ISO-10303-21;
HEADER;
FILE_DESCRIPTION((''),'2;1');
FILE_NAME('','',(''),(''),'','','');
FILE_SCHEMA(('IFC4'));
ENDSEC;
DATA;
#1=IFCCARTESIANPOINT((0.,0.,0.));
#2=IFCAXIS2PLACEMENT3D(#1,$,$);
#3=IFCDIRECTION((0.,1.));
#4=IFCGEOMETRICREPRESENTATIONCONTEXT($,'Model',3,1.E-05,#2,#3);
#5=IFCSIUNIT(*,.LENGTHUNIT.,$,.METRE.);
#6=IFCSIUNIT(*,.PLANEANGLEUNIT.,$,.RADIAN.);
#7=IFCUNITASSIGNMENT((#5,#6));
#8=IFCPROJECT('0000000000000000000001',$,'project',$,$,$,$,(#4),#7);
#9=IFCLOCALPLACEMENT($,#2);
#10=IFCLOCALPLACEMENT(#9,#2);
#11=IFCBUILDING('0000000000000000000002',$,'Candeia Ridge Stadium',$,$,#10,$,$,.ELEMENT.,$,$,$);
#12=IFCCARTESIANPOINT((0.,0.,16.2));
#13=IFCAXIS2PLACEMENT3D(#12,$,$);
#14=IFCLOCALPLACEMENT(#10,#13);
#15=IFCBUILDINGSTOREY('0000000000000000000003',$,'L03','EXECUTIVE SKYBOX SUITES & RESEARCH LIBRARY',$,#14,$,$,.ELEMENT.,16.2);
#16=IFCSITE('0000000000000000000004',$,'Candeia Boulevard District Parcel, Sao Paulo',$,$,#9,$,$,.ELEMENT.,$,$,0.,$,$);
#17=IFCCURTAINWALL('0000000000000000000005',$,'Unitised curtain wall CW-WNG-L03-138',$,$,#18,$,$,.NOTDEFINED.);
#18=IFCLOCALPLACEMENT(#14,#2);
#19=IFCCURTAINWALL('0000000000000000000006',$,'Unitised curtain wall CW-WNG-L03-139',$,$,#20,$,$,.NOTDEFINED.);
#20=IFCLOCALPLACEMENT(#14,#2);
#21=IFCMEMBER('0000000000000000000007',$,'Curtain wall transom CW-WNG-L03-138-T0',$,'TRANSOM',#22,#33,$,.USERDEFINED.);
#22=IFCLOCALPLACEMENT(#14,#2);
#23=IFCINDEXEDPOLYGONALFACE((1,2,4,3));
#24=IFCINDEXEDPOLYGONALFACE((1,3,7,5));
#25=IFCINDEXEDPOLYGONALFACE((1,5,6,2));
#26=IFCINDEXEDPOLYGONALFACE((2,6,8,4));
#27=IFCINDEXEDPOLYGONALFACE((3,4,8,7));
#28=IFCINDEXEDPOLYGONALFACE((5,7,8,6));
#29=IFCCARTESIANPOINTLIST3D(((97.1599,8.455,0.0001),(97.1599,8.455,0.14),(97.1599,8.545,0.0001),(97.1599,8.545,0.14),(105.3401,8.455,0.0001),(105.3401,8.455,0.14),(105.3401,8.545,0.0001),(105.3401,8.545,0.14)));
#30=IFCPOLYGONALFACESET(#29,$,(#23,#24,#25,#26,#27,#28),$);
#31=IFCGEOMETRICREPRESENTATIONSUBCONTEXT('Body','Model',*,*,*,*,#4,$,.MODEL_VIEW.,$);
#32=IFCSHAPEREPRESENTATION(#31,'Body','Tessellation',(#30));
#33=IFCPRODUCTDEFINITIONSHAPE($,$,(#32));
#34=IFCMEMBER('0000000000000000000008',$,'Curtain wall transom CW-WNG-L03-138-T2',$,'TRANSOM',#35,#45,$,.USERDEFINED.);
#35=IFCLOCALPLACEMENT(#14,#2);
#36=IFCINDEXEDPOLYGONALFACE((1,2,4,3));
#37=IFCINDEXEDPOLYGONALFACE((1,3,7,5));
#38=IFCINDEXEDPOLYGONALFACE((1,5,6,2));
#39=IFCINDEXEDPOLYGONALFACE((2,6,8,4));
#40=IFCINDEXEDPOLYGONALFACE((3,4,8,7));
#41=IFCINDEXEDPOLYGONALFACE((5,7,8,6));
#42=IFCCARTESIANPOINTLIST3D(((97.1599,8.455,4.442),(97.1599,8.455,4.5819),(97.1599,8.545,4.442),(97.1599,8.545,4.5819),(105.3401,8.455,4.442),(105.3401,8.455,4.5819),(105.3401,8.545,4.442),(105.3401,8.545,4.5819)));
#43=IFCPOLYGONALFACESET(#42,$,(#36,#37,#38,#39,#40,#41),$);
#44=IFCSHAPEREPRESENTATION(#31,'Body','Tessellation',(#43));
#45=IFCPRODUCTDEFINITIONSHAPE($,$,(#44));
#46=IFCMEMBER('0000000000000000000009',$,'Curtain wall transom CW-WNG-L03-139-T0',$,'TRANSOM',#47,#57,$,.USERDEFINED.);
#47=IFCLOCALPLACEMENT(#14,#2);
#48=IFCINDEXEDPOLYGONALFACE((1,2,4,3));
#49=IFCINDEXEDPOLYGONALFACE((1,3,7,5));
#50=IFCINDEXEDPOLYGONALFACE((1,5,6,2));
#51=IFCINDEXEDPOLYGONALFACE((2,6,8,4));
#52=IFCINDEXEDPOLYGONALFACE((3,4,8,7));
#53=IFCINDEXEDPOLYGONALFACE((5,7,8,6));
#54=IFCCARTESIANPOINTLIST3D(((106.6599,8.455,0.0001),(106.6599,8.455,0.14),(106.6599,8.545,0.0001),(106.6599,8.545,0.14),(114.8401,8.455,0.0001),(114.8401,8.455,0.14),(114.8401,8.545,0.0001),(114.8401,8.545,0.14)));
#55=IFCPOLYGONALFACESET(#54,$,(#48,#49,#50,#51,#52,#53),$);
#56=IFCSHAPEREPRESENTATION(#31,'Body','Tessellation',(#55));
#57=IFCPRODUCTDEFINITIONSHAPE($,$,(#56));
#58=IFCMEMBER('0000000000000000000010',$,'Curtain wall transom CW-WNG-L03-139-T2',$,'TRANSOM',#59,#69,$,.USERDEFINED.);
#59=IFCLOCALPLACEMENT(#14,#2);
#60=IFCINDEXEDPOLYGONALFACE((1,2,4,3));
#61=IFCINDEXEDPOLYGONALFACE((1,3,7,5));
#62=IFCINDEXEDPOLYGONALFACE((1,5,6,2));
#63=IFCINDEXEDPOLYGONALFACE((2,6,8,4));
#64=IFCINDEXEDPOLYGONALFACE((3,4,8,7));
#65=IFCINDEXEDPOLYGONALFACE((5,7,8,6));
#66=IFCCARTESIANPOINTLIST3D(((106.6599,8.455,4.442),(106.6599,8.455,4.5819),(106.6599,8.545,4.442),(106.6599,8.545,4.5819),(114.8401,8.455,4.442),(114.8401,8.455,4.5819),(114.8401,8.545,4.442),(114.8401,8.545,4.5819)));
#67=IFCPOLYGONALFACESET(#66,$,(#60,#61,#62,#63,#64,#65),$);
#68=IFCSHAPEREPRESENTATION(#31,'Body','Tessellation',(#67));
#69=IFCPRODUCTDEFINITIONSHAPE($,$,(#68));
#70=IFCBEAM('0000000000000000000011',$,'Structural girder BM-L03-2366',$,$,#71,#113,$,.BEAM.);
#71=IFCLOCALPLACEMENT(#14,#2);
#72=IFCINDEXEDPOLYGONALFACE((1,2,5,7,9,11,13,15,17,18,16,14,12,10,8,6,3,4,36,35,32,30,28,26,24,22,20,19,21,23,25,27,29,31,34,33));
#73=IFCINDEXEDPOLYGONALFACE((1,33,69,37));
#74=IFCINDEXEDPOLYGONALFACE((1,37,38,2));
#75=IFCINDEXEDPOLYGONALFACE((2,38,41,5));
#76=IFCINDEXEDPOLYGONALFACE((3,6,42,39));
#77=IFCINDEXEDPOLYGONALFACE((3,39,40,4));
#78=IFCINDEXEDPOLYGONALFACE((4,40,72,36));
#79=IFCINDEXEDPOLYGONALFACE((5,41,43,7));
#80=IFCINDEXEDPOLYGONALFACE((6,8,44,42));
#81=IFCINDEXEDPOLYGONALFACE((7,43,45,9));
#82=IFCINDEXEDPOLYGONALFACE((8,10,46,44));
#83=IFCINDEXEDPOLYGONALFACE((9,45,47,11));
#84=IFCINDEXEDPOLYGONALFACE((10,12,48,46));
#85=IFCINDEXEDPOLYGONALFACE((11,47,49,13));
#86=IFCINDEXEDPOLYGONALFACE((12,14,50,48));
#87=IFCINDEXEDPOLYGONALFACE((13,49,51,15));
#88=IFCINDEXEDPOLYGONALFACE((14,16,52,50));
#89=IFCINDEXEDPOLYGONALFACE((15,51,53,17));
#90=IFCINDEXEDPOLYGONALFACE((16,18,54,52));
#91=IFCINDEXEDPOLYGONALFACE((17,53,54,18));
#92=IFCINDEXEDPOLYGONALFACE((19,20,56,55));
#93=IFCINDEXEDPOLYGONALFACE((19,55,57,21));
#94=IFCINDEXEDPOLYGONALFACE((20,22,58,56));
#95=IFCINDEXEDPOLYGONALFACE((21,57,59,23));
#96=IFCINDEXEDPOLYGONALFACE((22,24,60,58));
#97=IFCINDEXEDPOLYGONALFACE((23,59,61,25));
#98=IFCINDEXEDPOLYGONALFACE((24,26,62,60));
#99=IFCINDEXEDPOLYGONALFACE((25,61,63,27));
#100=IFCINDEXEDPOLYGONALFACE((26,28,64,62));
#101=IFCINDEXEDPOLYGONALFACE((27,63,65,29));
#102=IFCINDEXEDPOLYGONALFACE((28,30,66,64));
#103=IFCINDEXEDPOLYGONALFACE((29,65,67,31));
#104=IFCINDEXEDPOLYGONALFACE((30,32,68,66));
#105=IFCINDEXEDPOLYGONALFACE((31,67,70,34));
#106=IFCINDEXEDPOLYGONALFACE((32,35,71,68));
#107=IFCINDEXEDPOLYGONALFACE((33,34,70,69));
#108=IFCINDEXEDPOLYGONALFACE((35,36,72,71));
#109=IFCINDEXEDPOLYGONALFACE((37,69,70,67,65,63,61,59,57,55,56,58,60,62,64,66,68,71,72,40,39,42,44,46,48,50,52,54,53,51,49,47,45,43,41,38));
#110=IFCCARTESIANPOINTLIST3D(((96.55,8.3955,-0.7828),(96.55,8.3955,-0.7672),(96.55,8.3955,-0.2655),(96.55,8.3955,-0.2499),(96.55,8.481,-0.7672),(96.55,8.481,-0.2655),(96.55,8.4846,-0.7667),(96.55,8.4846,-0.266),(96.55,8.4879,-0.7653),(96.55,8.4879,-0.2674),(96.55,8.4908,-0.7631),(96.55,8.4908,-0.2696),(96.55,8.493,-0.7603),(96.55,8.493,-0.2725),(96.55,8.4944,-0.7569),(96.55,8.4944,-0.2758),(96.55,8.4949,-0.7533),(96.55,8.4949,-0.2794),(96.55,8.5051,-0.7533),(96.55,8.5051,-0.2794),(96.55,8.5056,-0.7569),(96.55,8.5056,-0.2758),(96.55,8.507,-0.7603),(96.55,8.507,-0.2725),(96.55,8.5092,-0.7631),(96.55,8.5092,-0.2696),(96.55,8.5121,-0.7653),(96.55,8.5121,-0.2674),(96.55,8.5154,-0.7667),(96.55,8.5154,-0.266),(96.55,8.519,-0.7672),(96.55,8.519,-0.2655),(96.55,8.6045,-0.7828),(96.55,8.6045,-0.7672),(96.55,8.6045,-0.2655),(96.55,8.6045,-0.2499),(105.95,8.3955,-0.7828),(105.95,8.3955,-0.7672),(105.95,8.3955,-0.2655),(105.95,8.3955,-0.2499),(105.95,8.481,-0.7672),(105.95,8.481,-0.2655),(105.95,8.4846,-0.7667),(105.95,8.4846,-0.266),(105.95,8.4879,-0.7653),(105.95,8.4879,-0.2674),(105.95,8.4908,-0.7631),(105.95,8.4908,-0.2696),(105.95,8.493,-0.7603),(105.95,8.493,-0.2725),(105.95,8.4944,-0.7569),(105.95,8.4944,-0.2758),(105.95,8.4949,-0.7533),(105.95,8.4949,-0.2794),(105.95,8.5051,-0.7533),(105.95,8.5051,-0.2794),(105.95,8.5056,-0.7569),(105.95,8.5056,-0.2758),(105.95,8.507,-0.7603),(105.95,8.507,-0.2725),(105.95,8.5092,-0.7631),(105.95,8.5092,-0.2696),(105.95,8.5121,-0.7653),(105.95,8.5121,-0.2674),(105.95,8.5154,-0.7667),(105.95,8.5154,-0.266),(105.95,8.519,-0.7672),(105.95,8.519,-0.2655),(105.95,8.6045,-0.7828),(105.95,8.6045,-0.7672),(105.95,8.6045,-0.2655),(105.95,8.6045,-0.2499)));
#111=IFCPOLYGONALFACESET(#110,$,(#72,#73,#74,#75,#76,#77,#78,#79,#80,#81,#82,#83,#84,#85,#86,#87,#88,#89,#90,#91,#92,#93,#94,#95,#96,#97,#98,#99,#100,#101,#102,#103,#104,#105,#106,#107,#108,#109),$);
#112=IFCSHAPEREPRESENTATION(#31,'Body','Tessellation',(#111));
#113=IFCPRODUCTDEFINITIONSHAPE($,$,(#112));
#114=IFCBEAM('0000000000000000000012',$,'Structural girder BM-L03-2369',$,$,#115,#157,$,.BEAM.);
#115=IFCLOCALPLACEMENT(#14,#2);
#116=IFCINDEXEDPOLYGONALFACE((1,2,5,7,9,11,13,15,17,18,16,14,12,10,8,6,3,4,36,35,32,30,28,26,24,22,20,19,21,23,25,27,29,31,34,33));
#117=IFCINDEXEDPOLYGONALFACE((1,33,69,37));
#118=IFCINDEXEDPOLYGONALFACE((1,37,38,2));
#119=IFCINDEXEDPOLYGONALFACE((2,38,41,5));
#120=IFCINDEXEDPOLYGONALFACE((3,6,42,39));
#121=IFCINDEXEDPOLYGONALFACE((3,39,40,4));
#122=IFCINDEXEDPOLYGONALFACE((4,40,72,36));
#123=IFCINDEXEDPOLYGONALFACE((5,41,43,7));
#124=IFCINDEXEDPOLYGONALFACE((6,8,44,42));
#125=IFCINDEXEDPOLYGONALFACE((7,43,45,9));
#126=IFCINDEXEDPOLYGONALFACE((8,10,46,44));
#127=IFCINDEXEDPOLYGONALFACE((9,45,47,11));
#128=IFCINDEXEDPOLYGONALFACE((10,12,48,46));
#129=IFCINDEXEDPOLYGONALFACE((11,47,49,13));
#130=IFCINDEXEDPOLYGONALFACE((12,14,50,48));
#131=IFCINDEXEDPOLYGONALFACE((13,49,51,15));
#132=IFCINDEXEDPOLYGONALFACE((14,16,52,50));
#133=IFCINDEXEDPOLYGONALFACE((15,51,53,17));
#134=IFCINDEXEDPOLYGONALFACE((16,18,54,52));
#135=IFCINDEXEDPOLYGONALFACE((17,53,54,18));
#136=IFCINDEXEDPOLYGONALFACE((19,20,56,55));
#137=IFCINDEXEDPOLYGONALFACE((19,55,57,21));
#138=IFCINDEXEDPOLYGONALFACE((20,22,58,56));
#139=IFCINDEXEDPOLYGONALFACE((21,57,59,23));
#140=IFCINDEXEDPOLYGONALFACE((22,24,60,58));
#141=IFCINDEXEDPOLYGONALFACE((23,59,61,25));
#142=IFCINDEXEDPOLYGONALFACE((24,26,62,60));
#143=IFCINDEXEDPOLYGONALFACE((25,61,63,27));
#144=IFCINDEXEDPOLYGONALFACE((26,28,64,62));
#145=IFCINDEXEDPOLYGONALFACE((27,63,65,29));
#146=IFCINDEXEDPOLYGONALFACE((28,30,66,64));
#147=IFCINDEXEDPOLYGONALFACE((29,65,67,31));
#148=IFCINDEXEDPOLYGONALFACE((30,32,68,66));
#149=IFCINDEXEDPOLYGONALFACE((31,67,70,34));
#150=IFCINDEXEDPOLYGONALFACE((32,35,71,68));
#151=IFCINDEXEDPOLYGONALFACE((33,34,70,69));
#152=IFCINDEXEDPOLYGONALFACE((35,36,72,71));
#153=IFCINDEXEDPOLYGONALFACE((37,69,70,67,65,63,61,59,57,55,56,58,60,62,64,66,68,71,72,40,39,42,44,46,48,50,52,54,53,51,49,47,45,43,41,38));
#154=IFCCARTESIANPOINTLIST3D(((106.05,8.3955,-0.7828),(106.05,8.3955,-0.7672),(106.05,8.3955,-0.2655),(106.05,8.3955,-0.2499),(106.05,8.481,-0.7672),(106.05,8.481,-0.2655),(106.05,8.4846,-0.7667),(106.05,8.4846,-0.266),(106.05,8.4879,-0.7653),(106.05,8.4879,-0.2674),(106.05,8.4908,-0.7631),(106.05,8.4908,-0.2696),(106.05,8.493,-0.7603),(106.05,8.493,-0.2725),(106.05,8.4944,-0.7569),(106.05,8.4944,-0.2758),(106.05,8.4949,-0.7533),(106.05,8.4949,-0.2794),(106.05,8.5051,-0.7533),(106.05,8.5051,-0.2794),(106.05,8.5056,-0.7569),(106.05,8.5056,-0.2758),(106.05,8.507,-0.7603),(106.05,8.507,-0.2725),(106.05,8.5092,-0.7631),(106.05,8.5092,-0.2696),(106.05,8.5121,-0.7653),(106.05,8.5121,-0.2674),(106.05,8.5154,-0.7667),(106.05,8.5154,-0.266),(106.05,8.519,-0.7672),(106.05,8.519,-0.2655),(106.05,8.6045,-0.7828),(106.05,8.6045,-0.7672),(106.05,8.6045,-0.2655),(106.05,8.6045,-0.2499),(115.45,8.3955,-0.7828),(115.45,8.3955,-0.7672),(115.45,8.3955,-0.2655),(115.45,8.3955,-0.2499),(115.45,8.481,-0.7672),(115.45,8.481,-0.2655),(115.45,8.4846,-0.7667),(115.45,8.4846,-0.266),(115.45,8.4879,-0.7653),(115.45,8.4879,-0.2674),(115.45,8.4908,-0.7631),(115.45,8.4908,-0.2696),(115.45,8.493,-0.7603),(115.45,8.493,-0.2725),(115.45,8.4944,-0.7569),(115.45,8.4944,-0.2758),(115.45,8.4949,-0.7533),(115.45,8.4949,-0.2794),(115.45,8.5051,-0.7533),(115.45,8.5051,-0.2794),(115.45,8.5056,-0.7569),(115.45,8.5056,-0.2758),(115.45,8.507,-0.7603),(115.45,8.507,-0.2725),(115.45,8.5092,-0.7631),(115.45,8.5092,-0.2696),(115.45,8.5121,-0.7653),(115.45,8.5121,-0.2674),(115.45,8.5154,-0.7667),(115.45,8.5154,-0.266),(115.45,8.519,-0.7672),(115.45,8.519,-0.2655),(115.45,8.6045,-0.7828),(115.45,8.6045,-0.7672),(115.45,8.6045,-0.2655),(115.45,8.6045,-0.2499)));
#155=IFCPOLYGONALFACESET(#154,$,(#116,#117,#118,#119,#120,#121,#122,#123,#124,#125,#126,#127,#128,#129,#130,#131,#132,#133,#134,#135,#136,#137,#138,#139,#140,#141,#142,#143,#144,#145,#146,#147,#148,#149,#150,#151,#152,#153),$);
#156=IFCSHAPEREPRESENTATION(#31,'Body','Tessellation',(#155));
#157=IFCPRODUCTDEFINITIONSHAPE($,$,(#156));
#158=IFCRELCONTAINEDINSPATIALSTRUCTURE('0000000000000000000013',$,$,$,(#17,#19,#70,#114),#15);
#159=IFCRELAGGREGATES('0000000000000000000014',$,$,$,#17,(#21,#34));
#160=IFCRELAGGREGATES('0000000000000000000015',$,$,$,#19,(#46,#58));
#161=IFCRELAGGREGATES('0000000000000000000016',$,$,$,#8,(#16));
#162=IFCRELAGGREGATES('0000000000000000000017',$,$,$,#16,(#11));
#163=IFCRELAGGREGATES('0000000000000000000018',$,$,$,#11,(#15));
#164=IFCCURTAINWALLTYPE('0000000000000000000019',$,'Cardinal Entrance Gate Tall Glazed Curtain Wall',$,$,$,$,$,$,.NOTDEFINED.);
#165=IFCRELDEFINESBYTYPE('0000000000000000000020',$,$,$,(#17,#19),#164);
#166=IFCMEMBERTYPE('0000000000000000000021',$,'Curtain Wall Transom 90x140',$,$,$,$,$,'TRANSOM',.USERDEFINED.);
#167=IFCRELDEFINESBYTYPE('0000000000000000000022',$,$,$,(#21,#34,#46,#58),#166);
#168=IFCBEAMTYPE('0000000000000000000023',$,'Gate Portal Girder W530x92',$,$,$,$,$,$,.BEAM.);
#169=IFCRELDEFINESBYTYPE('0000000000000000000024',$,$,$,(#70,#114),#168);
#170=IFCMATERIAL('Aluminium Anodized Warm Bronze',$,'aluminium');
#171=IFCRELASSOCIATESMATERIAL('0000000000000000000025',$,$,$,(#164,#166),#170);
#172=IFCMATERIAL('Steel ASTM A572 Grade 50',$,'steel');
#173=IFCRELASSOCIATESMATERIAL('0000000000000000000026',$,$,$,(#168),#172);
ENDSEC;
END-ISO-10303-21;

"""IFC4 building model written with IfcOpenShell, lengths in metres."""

from ifc_helpers import new_model, si_unit, direction, frame, origin, origin_2d, place, context, subcontext, project, spatial, rectangle, i_section, extrude, material, material_profile, profile_set, type_object, element, aggregate, save


model = new_model("IFC4")

# Units and contexts
model_context = context("Model", 3, precision=1e-05, world=origin(), true_north=direction((0.0, 1.0)))
body_context = subcontext(model_context, "Body", "Model", "MODEL_VIEW")
ifc_project = project(units=[si_unit("LENGTHUNIT", "METRE"), si_unit("PLANEANGLEUNIT", "RADIAN")], contexts=[model_context])

# Site, building, storey
site_placement = place(None, origin())
site = spatial("IfcSite", under=ifc_project, at=site_placement, Name="Candeia Boulevard District Parcel, Sao Paulo", CompositionType="ELEMENT", RefElevation=0.0)
building_placement = place(site_placement, origin())
building = spatial("IfcBuilding", under=site, at=building_placement, Name="Candeia Ridge Stadium", CompositionType="ELEMENT")
storey_placement = place(building_placement, frame((0.0, 0.0, 16.2)))
storey = spatial("IfcBuildingStorey", under=building, at=storey_placement, Name="L03", Description="EXECUTIVE SKYBOX SUITES & RESEARCH LIBRARY", CompositionType="ELEMENT", Elevation=16.2)

# Shared definitions
ifc_material_1 = material(Name="Steel ASTM A572 Grade 50", Category="steel")

# Shared definitions
ifc_material_2 = material(Name="Aluminium Anodized Warm Bronze", Category="aluminium")
curtain_wall_type = type_object("IfcCurtainWallType", Name="Cardinal Entrance Gate Tall Glazed Curtain Wall", PredefinedType="NOTDEFINED", material=ifc_material_2)

# Curtain wall
curtain_wall_1_placement = place(storey_placement, origin())
curtain_wall_1 = element("IfcCurtainWall", 1, at=curtain_wall_1_placement, inside=storey, type_object=curtain_wall_type, Name="Unitised curtain wall CW-WNG-L03-138", PredefinedType="NOTDEFINED")

# Curtain wall
curtain_wall_2_placement = place(storey_placement, origin())
curtain_wall_2 = element("IfcCurtainWall", 2, at=curtain_wall_2_placement, inside=storey, type_object=curtain_wall_type, Name="Unitised curtain wall CW-WNG-L03-139", PredefinedType="NOTDEFINED")

# Members
ifc_material_profile_1 = material_profile(ifc_material_2, rectangle(XDim=0.0901, YDim=0.1399, at=origin_2d()), Name="CWT-90x140", Category="aluminium")
ifc_profile_set_1 = profile_set([ifc_material_profile_1], Name="Aluminium Anodized Warm Bronze")
member_type_1 = type_object("IfcMemberType", Name="Curtain Wall Transom 90x140", ElementType="TRANSOM", PredefinedType="USERDEFINED", material=ifc_profile_set_1)
member_1_placement = place(storey_placement, frame((97.1599, 8.5, 0.0701), z_axis=(1.0, 0.0, 0.0), x_axis=(0.0, 1.0, 0.0)))
member_1 = element("IfcMember", 3, at=member_1_placement, type_object=member_type_1, Name="Curtain wall transom CW-WNG-L03-138-T0", ObjectType="TRANSOM", PredefinedType="USERDEFINED", context=body_context, shape_type="SweptSolid", body=[
    extrude(rectangle(XDim=0.0901, YDim=0.1399, at=origin_2d()), origin(), (0.0, 0.0, 1.0), 8.1802),
])
member_2_placement = place(storey_placement, frame((97.1599, 8.5, 4.512), z_axis=(1.0, 0.0, 0.0), x_axis=(0.0, 1.0, 0.0)))
member_2 = element("IfcMember", 4, at=member_2_placement, type_object=member_type_1, Name="Curtain wall transom CW-WNG-L03-138-T2", ObjectType="TRANSOM", PredefinedType="USERDEFINED", context=body_context, shape_type="SweptSolid", body=[
    extrude(rectangle(XDim=0.0901, YDim=0.1399, at=origin_2d()), origin(), (0.0, 0.0, 1.0), 8.1802),
])
member_3_placement = place(storey_placement, frame((106.6599, 8.5, 0.0701), z_axis=(1.0, 0.0, 0.0), x_axis=(0.0, 1.0, 0.0)))
member_3 = element("IfcMember", 5, at=member_3_placement, type_object=member_type_1, Name="Curtain wall transom CW-WNG-L03-139-T0", ObjectType="TRANSOM", PredefinedType="USERDEFINED", context=body_context, shape_type="SweptSolid", body=[
    extrude(rectangle(XDim=0.0901, YDim=0.1399, at=origin_2d()), origin(), (0.0, 0.0, 1.0), 8.1802),
])
member_4_placement = place(storey_placement, frame((106.6599, 8.5, 4.512), z_axis=(1.0, 0.0, 0.0), x_axis=(0.0, 1.0, 0.0)))
member_4 = element("IfcMember", 6, at=member_4_placement, type_object=member_type_1, Name="Curtain wall transom CW-WNG-L03-139-T2", ObjectType="TRANSOM", PredefinedType="USERDEFINED", context=body_context, shape_type="SweptSolid", body=[
    extrude(rectangle(XDim=0.0901, YDim=0.1399, at=origin_2d()), origin(), (0.0, 0.0, 1.0), 8.1802),
])

# Beams
ifc_material_profile_2 = material_profile(ifc_material_1, i_section(OverallWidth=0.209, OverallDepth=0.533, WebThickness=0.0103, FlangeThickness=0.0156, FilletRadius=0.0139, at=origin_2d()), Name="W530x92", Category="steel")
ifc_profile_set_2 = profile_set([ifc_material_profile_2], Name="Steel ASTM A572 Grade 50")
beam_type_1 = type_object("IfcBeamType", Name="Gate Portal Girder W530x92", PredefinedType="BEAM", material=ifc_profile_set_2)
for number, where, z_axis, x_axis, name in (
    (7, (96.55, 8.5, -0.5164), (1.0, 0.0, 0.0), (0.0, 1.0, 0.0), "Structural girder BM-L03-2366"),
    (8, (106.05, 8.5, -0.5164), (1.0, 0.0, 0.0), (0.0, 1.0, 0.0), "Structural girder BM-L03-2369"),
):
    element("IfcBeam", number, at=place(storey_placement, frame(where, z_axis=z_axis, x_axis=x_axis)), inside=storey, type_object=beam_type_1, Name=name, PredefinedType="BEAM", context=body_context, shape_type="SweptSolid", body=[
        extrude(i_section(OverallWidth=0.209, OverallDepth=0.533, WebThickness=0.0103, FlangeThickness=0.0156, FilletRadius=0.0139, at=origin_2d()), origin(), (0.0, 0.0, 1.0), 9.3999),
    ])

aggregate(curtain_wall_1, [member_1, member_2])
aggregate(curtain_wall_2, [member_3, member_4])

save(model, "model.ifc")
